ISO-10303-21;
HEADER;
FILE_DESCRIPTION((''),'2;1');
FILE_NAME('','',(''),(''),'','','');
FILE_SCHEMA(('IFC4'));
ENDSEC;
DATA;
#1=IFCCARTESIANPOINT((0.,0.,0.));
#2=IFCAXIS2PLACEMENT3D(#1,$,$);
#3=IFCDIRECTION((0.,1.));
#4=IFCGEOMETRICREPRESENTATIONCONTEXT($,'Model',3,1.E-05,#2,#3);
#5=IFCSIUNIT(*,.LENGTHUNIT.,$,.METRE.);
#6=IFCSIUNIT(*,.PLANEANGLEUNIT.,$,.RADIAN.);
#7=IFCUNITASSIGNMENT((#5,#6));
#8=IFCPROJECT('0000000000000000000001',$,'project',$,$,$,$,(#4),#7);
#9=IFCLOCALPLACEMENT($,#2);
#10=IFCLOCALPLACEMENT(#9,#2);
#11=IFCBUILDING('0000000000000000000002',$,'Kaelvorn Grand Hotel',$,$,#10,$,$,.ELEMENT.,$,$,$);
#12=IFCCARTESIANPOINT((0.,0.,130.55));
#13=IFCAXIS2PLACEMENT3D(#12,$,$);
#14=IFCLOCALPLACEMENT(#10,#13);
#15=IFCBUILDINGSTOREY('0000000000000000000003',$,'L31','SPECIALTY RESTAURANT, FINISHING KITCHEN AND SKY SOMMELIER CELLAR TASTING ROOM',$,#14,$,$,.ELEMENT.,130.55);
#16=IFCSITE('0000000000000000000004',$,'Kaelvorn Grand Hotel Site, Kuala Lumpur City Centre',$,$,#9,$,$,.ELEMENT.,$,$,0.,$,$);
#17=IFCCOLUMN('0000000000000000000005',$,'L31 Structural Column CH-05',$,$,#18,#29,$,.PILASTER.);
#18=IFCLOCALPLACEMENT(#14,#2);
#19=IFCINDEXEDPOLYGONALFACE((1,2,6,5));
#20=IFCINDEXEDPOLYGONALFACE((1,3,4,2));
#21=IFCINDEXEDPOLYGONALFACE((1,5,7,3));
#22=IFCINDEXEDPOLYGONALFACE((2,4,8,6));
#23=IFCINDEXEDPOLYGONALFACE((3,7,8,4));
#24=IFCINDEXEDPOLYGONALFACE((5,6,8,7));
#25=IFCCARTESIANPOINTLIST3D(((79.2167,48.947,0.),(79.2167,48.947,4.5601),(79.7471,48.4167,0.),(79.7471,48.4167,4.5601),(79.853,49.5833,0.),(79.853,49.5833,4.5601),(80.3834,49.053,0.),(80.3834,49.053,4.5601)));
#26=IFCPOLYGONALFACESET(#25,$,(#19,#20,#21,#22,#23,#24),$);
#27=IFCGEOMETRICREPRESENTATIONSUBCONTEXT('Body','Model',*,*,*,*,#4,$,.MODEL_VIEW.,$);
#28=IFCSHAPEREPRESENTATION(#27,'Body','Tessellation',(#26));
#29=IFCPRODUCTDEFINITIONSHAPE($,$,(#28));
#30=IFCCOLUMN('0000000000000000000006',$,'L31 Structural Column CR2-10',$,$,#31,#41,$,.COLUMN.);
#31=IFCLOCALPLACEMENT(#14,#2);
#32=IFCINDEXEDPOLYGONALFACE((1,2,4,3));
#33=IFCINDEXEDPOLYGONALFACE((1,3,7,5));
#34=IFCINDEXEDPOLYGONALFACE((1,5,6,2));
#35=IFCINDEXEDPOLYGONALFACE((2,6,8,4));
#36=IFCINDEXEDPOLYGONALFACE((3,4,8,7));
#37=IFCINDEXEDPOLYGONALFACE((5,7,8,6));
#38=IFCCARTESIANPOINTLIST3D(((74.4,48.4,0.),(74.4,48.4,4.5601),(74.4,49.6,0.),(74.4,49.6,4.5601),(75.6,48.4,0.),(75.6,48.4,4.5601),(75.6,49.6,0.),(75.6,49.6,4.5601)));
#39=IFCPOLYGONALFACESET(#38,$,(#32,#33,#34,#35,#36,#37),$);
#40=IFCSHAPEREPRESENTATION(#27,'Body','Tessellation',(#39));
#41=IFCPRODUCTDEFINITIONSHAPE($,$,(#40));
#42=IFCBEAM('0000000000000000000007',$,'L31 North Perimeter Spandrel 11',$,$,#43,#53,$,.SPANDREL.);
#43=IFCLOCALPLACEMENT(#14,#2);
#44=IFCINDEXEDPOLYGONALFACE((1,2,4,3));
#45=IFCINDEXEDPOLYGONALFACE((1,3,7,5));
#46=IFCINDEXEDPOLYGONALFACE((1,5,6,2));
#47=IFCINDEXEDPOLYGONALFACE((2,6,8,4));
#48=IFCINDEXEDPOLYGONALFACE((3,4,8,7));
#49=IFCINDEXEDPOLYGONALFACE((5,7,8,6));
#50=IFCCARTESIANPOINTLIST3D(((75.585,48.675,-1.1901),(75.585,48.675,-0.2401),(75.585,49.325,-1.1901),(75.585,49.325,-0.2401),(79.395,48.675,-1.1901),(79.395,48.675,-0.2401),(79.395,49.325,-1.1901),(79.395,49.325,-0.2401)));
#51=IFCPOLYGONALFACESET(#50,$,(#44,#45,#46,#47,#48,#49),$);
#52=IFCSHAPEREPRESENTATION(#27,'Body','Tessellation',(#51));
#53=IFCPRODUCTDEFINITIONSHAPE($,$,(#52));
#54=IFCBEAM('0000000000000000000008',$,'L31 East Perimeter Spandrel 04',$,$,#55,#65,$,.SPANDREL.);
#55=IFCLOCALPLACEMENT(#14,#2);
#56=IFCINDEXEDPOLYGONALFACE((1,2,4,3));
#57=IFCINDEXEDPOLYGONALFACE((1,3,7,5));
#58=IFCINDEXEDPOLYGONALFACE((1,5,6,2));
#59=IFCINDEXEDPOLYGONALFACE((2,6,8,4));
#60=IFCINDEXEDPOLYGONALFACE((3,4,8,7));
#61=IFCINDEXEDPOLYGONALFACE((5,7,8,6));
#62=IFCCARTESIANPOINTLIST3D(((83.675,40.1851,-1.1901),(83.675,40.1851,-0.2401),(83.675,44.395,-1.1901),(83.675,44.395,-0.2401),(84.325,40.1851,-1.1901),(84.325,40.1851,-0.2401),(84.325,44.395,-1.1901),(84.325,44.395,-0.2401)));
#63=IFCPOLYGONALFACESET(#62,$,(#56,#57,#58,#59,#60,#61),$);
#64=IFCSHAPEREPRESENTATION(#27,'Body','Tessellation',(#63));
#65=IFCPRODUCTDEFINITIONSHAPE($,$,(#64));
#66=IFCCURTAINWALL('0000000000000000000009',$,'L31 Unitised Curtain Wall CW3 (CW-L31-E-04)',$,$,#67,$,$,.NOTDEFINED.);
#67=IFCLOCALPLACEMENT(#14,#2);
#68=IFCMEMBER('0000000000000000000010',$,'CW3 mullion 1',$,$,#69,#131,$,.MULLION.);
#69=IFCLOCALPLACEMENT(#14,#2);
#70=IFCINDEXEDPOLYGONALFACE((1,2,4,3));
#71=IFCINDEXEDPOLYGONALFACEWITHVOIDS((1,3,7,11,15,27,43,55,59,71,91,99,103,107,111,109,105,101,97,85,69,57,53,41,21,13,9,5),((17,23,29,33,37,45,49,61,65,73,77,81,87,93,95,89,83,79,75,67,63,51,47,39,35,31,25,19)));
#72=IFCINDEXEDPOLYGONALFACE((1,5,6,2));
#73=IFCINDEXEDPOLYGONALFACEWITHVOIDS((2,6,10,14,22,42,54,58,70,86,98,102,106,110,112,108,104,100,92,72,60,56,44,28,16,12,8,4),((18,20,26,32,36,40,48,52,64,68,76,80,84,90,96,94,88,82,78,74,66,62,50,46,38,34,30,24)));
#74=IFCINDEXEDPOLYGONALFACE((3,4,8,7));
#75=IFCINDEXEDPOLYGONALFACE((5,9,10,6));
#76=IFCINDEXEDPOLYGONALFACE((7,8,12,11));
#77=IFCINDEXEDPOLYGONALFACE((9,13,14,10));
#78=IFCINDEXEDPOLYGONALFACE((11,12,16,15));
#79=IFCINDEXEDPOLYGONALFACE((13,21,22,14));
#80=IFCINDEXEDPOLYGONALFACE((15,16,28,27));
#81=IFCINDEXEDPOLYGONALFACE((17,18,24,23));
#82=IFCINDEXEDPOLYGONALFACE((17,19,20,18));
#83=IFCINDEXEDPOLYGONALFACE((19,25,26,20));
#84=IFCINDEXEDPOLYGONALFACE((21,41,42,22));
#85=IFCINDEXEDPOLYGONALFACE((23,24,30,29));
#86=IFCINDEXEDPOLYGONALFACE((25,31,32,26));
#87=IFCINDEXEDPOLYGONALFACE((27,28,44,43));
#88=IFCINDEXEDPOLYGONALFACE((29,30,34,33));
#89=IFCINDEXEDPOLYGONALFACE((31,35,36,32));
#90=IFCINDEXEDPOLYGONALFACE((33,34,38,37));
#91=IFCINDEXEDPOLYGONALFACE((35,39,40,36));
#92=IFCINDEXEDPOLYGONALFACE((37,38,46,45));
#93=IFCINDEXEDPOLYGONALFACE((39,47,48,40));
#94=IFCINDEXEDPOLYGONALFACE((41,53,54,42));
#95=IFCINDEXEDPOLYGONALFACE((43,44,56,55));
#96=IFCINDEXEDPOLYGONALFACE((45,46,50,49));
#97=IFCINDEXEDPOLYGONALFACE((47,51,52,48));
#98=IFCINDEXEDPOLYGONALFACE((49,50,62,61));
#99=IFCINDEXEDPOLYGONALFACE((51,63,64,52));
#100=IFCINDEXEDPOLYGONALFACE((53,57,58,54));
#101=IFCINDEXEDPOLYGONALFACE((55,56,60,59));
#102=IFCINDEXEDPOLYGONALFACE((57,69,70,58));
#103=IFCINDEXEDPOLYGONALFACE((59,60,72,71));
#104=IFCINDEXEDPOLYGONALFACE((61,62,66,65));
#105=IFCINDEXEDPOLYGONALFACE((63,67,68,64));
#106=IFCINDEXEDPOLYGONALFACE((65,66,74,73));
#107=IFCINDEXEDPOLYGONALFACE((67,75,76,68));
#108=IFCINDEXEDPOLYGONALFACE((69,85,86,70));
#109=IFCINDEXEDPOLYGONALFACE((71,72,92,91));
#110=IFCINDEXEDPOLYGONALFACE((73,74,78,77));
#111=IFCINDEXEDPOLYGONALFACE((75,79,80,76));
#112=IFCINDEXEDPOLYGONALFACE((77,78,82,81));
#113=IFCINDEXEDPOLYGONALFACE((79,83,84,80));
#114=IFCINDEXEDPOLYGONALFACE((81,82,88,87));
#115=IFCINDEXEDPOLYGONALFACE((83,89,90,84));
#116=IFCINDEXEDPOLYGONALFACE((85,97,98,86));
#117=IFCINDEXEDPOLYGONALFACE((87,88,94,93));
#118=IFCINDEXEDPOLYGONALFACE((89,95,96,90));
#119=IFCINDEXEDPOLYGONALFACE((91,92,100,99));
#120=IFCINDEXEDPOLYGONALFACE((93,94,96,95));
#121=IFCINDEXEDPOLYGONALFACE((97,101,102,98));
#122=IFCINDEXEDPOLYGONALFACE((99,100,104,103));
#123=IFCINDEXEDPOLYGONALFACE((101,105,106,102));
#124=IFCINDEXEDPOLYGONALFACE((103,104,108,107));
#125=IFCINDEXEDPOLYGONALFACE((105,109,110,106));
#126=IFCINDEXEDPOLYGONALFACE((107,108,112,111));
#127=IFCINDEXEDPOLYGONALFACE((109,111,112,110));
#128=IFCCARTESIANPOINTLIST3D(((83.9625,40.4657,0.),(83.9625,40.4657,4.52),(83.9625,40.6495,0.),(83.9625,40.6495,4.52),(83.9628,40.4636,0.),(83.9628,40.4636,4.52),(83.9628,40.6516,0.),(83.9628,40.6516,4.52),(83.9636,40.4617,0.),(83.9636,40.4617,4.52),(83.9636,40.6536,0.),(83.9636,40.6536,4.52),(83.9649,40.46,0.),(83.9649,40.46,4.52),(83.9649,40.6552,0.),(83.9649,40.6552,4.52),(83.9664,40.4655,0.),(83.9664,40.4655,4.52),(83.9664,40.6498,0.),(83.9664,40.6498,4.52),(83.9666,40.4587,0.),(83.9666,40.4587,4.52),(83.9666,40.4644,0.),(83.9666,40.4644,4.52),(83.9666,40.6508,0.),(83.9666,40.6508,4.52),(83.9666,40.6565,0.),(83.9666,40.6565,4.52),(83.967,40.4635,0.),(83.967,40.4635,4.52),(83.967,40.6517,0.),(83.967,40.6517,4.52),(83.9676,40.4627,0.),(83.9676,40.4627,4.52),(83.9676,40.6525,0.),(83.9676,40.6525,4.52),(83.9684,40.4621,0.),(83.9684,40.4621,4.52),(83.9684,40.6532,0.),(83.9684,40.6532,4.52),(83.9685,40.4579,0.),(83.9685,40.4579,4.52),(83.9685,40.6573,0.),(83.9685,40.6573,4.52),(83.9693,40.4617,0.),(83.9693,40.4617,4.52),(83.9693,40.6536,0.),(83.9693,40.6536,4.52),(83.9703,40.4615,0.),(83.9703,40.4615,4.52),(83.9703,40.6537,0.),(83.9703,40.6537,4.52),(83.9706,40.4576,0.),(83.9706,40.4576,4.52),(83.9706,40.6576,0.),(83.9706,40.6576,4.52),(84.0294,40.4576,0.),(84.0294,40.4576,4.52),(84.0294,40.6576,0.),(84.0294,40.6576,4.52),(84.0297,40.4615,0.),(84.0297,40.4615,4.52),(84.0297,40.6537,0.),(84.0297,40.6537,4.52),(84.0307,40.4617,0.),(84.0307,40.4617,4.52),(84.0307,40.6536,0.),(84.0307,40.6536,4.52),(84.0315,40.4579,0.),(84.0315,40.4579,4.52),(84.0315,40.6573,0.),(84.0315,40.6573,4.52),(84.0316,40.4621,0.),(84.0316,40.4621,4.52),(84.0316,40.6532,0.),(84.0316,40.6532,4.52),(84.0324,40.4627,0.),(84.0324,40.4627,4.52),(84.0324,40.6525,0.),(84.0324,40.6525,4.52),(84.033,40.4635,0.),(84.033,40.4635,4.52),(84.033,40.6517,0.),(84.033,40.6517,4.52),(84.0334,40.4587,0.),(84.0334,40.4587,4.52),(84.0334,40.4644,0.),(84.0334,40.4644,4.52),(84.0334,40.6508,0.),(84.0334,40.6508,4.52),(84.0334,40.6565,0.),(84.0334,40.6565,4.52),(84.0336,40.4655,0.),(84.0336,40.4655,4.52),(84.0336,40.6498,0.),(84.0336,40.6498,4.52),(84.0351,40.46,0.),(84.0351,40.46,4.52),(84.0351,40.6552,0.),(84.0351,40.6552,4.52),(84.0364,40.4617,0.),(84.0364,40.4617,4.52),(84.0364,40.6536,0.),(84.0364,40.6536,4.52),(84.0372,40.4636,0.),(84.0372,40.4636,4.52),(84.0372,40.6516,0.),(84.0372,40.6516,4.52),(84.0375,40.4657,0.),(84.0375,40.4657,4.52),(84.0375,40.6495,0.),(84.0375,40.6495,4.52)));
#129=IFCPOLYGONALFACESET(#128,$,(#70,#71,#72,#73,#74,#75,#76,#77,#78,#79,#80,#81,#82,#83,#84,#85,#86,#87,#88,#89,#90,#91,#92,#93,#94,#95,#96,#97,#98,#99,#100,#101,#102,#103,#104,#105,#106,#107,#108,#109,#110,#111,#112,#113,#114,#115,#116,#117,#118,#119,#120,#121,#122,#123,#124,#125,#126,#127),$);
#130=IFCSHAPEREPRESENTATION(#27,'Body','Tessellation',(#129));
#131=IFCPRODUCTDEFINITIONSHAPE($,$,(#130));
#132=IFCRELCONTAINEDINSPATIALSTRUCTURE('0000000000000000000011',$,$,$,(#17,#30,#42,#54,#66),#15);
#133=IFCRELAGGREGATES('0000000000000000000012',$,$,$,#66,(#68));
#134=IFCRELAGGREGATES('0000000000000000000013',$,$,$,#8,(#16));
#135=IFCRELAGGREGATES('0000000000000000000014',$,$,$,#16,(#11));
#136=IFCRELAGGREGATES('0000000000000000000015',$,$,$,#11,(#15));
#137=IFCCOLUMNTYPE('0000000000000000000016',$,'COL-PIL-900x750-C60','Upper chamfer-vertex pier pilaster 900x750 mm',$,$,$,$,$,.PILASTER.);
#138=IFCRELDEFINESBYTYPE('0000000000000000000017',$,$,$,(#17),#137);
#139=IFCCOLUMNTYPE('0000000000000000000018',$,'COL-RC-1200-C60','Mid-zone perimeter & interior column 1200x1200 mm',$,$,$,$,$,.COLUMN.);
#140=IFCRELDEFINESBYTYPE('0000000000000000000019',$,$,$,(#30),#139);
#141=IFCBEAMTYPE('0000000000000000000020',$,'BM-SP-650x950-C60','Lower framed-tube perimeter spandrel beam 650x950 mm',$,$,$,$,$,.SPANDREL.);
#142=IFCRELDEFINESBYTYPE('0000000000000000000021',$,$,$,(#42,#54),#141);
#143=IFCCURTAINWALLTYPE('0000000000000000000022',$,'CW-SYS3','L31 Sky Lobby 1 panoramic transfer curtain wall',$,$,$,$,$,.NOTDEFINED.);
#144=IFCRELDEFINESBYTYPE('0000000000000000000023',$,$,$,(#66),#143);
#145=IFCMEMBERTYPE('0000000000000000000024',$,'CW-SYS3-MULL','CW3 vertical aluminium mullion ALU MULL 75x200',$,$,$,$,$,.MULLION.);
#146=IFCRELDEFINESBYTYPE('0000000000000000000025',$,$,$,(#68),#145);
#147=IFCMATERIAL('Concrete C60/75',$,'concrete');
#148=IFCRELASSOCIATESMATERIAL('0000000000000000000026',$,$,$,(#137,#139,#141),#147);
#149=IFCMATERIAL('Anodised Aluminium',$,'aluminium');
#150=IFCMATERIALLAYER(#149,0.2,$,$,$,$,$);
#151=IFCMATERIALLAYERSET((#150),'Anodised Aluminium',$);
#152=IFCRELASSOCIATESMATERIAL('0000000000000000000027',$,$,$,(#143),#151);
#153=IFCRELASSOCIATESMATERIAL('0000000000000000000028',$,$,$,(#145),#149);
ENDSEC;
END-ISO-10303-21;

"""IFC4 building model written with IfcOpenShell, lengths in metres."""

from ifc_helpers import new_model, si_unit, direction, frame, origin, origin_2d, place, context, subcontext, project, spatial, rectangle, hollow_rectangle, extrude, material, layer, layer_set, material_profile, profile_set, type_object, element, aggregate, save


model = new_model("IFC4")

# Units and contexts
model_context = context("Model", 3, precision=1e-05, world=origin(), true_north=direction((0.0, 1.0)))
body_context = subcontext(model_context, "Body", "Model", "MODEL_VIEW")
ifc_project = project(units=[si_unit("LENGTHUNIT", "METRE"), si_unit("PLANEANGLEUNIT", "RADIAN")], contexts=[model_context])

# Site, building, storey
site_placement = place(None, origin())
site = spatial("IfcSite", under=ifc_project, at=site_placement, Name="Kaelvorn Grand Hotel Site, Kuala Lumpur City Centre", CompositionType="ELEMENT", RefElevation=0.0)
building_placement = place(site_placement, origin())
building = spatial("IfcBuilding", under=site, at=building_placement, Name="Kaelvorn Grand Hotel", CompositionType="ELEMENT")
storey_placement = place(building_placement, frame((0.0, 0.0, 130.55)))
storey = spatial("IfcBuildingStorey", under=building, at=storey_placement, Name="L31", Description="SPECIALTY RESTAURANT, FINISHING KITCHEN AND SKY SOMMELIER CELLAR TASTING ROOM", CompositionType="ELEMENT", Elevation=130.55)

# Columns
ifc_material_1 = material(Name="Concrete C60/75", Category="concrete")
ifc_material_profile_1 = material_profile(ifc_material_1, rectangle(XDim=0.8999, YDim=0.75, at=origin_2d()), Name="RC PILASTER 900x750")
ifc_profile_set_1 = profile_set([ifc_material_profile_1], Name="Concrete C60/75")
column_type_1 = type_object("IfcColumnType", Name="COL-PIL-900x750-C60", Description="Upper chamfer-vertex pier pilaster 900x750 mm", PredefinedType="PILASTER", material=ifc_profile_set_1)
column_1_placement = place(storey_placement, frame((79.8, 49.0, 0.0), z_axis=(0.0, 0.0, 1.0), x_axis=(0.707107, 0.707107, 0.0)))
element("IfcColumn", 1, at=column_1_placement, inside=storey, type_object=column_type_1, Name="L31 Structural Column CH-05", PredefinedType="PILASTER", context=body_context, shape_type="SweptSolid", body=[
    extrude(rectangle(XDim=0.8999, YDim=0.75, at=origin_2d()), origin(), (0.0, 0.0, 1.0), 4.5601),
])
ifc_material_profile_2 = material_profile(ifc_material_1, rectangle(XDim=1.2, YDim=1.2, at=origin_2d()), Name="RC COL 1200x1200")
ifc_profile_set_2 = profile_set([ifc_material_profile_2], Name="Concrete C60/75")
column_type_2 = type_object("IfcColumnType", Name="COL-RC-1200-C60", Description="Mid-zone perimeter & interior column 1200x1200 mm", PredefinedType="COLUMN", material=ifc_profile_set_2)
column_2_placement = place(storey_placement, frame((75.0, 49.0, 0.0), z_axis=(0.0, 0.0, 1.0), x_axis=(1.0, 0.0, 0.0)))
element("IfcColumn", 2, at=column_2_placement, inside=storey, type_object=column_type_2, Name="L31 Structural Column CR2-10", PredefinedType="COLUMN", context=body_context, shape_type="SweptSolid", body=[
    extrude(rectangle(XDim=1.2, YDim=1.2, at=origin_2d()), origin(), (0.0, 0.0, 1.0), 4.5601),
])

# Beams
ifc_material_profile_3 = material_profile(ifc_material_1, rectangle(XDim=0.6499, YDim=0.95, at=origin_2d()), Name="RC SPANDREL 650x950")
ifc_profile_set_3 = profile_set([ifc_material_profile_3], Name="Concrete C60/75")
beam_type = type_object("IfcBeamType", Name="BM-SP-650x950-C60", Description="Lower framed-tube perimeter spandrel beam 650x950 mm", PredefinedType="SPANDREL", material=ifc_profile_set_3)
beam_1_placement = place(storey_placement, frame((75.585, 49.0, -0.7151), z_axis=(1.0, 0.0, 0.0), x_axis=(0.0, 1.0, 0.0)))
element("IfcBeam", 3, at=beam_1_placement, inside=storey, type_object=beam_type, Name="L31 North Perimeter Spandrel 11", PredefinedType="SPANDREL", context=body_context, shape_type="SweptSolid", body=[
    extrude(rectangle(XDim=0.6499, YDim=0.95, at=origin_2d()), origin(), (0.0, 0.0, 1.0), 3.8101),
])
beam_2_placement = place(storey_placement, frame((84.0, 40.1851, -0.7151), z_axis=(0.0, 1.0, 0.0), x_axis=(-1.0, 0.0, 0.0)))
element("IfcBeam", 4, at=beam_2_placement, inside=storey, type_object=beam_type, Name="L31 East Perimeter Spandrel 04", PredefinedType="SPANDREL", context=body_context, shape_type="SweptSolid", body=[
    extrude(rectangle(XDim=0.6499, YDim=0.95, at=origin_2d()), origin(), (0.0, 0.0, 1.0), 4.21),
])

# Curtain wall, member
ifc_material_2 = material(Name="Anodised Aluminium", Category="aluminium")
ifc_layer_1 = layer(ifc_material_2, 0.2)
ifc_layer_set_1 = layer_set([ifc_layer_1], Name="Anodised Aluminium")
curtain_wall_type = type_object("IfcCurtainWallType", Name="CW-SYS3", Description="L31 Sky Lobby 1 panoramic transfer curtain wall", PredefinedType="NOTDEFINED", material=ifc_layer_set_1)
curtain_wall_placement = place(storey_placement, origin())
curtain_wall = element("IfcCurtainWall", 5, at=curtain_wall_placement, inside=storey, type_object=curtain_wall_type, Name="L31 Unitised Curtain Wall CW3 (CW-L31-E-04)", PredefinedType="NOTDEFINED")
ifc_material_profile_4 = material_profile(ifc_material_2, hollow_rectangle(XDim=0.075, YDim=0.2, WallThickness=0.0039, InnerFilletRadius=0.0039, OuterFilletRadius=0.0081, at=origin_2d()), Name="ALU MULL 75x200")
ifc_profile_set_4 = profile_set([ifc_material_profile_4], Name="Anodised Aluminium")
member_type_1 = type_object("IfcMemberType", Name="CW-SYS3-MULL", Description="CW3 vertical aluminium mullion ALU MULL 75x200", PredefinedType="MULLION", material=ifc_profile_set_4)
member_1_placement = place(storey_placement, frame((84.0, 40.5576, 0.0), z_axis=(0.0, 0.0, 1.0), x_axis=(-1.0, 0.0, 0.0)))
member_1 = element("IfcMember", 6, at=member_1_placement, type_object=member_type_1, Name="CW3 mullion 1", PredefinedType="MULLION", context=body_context, shape_type="SweptSolid", body=[
    extrude(hollow_rectangle(XDim=0.075, YDim=0.2, WallThickness=0.0039, InnerFilletRadius=0.0039, OuterFilletRadius=0.0081, at=origin_2d()), origin(), (0.0, 0.0, 1.0), 4.52),
])
aggregate(curtain_wall, [member_1])

save(model, "model.ifc")
